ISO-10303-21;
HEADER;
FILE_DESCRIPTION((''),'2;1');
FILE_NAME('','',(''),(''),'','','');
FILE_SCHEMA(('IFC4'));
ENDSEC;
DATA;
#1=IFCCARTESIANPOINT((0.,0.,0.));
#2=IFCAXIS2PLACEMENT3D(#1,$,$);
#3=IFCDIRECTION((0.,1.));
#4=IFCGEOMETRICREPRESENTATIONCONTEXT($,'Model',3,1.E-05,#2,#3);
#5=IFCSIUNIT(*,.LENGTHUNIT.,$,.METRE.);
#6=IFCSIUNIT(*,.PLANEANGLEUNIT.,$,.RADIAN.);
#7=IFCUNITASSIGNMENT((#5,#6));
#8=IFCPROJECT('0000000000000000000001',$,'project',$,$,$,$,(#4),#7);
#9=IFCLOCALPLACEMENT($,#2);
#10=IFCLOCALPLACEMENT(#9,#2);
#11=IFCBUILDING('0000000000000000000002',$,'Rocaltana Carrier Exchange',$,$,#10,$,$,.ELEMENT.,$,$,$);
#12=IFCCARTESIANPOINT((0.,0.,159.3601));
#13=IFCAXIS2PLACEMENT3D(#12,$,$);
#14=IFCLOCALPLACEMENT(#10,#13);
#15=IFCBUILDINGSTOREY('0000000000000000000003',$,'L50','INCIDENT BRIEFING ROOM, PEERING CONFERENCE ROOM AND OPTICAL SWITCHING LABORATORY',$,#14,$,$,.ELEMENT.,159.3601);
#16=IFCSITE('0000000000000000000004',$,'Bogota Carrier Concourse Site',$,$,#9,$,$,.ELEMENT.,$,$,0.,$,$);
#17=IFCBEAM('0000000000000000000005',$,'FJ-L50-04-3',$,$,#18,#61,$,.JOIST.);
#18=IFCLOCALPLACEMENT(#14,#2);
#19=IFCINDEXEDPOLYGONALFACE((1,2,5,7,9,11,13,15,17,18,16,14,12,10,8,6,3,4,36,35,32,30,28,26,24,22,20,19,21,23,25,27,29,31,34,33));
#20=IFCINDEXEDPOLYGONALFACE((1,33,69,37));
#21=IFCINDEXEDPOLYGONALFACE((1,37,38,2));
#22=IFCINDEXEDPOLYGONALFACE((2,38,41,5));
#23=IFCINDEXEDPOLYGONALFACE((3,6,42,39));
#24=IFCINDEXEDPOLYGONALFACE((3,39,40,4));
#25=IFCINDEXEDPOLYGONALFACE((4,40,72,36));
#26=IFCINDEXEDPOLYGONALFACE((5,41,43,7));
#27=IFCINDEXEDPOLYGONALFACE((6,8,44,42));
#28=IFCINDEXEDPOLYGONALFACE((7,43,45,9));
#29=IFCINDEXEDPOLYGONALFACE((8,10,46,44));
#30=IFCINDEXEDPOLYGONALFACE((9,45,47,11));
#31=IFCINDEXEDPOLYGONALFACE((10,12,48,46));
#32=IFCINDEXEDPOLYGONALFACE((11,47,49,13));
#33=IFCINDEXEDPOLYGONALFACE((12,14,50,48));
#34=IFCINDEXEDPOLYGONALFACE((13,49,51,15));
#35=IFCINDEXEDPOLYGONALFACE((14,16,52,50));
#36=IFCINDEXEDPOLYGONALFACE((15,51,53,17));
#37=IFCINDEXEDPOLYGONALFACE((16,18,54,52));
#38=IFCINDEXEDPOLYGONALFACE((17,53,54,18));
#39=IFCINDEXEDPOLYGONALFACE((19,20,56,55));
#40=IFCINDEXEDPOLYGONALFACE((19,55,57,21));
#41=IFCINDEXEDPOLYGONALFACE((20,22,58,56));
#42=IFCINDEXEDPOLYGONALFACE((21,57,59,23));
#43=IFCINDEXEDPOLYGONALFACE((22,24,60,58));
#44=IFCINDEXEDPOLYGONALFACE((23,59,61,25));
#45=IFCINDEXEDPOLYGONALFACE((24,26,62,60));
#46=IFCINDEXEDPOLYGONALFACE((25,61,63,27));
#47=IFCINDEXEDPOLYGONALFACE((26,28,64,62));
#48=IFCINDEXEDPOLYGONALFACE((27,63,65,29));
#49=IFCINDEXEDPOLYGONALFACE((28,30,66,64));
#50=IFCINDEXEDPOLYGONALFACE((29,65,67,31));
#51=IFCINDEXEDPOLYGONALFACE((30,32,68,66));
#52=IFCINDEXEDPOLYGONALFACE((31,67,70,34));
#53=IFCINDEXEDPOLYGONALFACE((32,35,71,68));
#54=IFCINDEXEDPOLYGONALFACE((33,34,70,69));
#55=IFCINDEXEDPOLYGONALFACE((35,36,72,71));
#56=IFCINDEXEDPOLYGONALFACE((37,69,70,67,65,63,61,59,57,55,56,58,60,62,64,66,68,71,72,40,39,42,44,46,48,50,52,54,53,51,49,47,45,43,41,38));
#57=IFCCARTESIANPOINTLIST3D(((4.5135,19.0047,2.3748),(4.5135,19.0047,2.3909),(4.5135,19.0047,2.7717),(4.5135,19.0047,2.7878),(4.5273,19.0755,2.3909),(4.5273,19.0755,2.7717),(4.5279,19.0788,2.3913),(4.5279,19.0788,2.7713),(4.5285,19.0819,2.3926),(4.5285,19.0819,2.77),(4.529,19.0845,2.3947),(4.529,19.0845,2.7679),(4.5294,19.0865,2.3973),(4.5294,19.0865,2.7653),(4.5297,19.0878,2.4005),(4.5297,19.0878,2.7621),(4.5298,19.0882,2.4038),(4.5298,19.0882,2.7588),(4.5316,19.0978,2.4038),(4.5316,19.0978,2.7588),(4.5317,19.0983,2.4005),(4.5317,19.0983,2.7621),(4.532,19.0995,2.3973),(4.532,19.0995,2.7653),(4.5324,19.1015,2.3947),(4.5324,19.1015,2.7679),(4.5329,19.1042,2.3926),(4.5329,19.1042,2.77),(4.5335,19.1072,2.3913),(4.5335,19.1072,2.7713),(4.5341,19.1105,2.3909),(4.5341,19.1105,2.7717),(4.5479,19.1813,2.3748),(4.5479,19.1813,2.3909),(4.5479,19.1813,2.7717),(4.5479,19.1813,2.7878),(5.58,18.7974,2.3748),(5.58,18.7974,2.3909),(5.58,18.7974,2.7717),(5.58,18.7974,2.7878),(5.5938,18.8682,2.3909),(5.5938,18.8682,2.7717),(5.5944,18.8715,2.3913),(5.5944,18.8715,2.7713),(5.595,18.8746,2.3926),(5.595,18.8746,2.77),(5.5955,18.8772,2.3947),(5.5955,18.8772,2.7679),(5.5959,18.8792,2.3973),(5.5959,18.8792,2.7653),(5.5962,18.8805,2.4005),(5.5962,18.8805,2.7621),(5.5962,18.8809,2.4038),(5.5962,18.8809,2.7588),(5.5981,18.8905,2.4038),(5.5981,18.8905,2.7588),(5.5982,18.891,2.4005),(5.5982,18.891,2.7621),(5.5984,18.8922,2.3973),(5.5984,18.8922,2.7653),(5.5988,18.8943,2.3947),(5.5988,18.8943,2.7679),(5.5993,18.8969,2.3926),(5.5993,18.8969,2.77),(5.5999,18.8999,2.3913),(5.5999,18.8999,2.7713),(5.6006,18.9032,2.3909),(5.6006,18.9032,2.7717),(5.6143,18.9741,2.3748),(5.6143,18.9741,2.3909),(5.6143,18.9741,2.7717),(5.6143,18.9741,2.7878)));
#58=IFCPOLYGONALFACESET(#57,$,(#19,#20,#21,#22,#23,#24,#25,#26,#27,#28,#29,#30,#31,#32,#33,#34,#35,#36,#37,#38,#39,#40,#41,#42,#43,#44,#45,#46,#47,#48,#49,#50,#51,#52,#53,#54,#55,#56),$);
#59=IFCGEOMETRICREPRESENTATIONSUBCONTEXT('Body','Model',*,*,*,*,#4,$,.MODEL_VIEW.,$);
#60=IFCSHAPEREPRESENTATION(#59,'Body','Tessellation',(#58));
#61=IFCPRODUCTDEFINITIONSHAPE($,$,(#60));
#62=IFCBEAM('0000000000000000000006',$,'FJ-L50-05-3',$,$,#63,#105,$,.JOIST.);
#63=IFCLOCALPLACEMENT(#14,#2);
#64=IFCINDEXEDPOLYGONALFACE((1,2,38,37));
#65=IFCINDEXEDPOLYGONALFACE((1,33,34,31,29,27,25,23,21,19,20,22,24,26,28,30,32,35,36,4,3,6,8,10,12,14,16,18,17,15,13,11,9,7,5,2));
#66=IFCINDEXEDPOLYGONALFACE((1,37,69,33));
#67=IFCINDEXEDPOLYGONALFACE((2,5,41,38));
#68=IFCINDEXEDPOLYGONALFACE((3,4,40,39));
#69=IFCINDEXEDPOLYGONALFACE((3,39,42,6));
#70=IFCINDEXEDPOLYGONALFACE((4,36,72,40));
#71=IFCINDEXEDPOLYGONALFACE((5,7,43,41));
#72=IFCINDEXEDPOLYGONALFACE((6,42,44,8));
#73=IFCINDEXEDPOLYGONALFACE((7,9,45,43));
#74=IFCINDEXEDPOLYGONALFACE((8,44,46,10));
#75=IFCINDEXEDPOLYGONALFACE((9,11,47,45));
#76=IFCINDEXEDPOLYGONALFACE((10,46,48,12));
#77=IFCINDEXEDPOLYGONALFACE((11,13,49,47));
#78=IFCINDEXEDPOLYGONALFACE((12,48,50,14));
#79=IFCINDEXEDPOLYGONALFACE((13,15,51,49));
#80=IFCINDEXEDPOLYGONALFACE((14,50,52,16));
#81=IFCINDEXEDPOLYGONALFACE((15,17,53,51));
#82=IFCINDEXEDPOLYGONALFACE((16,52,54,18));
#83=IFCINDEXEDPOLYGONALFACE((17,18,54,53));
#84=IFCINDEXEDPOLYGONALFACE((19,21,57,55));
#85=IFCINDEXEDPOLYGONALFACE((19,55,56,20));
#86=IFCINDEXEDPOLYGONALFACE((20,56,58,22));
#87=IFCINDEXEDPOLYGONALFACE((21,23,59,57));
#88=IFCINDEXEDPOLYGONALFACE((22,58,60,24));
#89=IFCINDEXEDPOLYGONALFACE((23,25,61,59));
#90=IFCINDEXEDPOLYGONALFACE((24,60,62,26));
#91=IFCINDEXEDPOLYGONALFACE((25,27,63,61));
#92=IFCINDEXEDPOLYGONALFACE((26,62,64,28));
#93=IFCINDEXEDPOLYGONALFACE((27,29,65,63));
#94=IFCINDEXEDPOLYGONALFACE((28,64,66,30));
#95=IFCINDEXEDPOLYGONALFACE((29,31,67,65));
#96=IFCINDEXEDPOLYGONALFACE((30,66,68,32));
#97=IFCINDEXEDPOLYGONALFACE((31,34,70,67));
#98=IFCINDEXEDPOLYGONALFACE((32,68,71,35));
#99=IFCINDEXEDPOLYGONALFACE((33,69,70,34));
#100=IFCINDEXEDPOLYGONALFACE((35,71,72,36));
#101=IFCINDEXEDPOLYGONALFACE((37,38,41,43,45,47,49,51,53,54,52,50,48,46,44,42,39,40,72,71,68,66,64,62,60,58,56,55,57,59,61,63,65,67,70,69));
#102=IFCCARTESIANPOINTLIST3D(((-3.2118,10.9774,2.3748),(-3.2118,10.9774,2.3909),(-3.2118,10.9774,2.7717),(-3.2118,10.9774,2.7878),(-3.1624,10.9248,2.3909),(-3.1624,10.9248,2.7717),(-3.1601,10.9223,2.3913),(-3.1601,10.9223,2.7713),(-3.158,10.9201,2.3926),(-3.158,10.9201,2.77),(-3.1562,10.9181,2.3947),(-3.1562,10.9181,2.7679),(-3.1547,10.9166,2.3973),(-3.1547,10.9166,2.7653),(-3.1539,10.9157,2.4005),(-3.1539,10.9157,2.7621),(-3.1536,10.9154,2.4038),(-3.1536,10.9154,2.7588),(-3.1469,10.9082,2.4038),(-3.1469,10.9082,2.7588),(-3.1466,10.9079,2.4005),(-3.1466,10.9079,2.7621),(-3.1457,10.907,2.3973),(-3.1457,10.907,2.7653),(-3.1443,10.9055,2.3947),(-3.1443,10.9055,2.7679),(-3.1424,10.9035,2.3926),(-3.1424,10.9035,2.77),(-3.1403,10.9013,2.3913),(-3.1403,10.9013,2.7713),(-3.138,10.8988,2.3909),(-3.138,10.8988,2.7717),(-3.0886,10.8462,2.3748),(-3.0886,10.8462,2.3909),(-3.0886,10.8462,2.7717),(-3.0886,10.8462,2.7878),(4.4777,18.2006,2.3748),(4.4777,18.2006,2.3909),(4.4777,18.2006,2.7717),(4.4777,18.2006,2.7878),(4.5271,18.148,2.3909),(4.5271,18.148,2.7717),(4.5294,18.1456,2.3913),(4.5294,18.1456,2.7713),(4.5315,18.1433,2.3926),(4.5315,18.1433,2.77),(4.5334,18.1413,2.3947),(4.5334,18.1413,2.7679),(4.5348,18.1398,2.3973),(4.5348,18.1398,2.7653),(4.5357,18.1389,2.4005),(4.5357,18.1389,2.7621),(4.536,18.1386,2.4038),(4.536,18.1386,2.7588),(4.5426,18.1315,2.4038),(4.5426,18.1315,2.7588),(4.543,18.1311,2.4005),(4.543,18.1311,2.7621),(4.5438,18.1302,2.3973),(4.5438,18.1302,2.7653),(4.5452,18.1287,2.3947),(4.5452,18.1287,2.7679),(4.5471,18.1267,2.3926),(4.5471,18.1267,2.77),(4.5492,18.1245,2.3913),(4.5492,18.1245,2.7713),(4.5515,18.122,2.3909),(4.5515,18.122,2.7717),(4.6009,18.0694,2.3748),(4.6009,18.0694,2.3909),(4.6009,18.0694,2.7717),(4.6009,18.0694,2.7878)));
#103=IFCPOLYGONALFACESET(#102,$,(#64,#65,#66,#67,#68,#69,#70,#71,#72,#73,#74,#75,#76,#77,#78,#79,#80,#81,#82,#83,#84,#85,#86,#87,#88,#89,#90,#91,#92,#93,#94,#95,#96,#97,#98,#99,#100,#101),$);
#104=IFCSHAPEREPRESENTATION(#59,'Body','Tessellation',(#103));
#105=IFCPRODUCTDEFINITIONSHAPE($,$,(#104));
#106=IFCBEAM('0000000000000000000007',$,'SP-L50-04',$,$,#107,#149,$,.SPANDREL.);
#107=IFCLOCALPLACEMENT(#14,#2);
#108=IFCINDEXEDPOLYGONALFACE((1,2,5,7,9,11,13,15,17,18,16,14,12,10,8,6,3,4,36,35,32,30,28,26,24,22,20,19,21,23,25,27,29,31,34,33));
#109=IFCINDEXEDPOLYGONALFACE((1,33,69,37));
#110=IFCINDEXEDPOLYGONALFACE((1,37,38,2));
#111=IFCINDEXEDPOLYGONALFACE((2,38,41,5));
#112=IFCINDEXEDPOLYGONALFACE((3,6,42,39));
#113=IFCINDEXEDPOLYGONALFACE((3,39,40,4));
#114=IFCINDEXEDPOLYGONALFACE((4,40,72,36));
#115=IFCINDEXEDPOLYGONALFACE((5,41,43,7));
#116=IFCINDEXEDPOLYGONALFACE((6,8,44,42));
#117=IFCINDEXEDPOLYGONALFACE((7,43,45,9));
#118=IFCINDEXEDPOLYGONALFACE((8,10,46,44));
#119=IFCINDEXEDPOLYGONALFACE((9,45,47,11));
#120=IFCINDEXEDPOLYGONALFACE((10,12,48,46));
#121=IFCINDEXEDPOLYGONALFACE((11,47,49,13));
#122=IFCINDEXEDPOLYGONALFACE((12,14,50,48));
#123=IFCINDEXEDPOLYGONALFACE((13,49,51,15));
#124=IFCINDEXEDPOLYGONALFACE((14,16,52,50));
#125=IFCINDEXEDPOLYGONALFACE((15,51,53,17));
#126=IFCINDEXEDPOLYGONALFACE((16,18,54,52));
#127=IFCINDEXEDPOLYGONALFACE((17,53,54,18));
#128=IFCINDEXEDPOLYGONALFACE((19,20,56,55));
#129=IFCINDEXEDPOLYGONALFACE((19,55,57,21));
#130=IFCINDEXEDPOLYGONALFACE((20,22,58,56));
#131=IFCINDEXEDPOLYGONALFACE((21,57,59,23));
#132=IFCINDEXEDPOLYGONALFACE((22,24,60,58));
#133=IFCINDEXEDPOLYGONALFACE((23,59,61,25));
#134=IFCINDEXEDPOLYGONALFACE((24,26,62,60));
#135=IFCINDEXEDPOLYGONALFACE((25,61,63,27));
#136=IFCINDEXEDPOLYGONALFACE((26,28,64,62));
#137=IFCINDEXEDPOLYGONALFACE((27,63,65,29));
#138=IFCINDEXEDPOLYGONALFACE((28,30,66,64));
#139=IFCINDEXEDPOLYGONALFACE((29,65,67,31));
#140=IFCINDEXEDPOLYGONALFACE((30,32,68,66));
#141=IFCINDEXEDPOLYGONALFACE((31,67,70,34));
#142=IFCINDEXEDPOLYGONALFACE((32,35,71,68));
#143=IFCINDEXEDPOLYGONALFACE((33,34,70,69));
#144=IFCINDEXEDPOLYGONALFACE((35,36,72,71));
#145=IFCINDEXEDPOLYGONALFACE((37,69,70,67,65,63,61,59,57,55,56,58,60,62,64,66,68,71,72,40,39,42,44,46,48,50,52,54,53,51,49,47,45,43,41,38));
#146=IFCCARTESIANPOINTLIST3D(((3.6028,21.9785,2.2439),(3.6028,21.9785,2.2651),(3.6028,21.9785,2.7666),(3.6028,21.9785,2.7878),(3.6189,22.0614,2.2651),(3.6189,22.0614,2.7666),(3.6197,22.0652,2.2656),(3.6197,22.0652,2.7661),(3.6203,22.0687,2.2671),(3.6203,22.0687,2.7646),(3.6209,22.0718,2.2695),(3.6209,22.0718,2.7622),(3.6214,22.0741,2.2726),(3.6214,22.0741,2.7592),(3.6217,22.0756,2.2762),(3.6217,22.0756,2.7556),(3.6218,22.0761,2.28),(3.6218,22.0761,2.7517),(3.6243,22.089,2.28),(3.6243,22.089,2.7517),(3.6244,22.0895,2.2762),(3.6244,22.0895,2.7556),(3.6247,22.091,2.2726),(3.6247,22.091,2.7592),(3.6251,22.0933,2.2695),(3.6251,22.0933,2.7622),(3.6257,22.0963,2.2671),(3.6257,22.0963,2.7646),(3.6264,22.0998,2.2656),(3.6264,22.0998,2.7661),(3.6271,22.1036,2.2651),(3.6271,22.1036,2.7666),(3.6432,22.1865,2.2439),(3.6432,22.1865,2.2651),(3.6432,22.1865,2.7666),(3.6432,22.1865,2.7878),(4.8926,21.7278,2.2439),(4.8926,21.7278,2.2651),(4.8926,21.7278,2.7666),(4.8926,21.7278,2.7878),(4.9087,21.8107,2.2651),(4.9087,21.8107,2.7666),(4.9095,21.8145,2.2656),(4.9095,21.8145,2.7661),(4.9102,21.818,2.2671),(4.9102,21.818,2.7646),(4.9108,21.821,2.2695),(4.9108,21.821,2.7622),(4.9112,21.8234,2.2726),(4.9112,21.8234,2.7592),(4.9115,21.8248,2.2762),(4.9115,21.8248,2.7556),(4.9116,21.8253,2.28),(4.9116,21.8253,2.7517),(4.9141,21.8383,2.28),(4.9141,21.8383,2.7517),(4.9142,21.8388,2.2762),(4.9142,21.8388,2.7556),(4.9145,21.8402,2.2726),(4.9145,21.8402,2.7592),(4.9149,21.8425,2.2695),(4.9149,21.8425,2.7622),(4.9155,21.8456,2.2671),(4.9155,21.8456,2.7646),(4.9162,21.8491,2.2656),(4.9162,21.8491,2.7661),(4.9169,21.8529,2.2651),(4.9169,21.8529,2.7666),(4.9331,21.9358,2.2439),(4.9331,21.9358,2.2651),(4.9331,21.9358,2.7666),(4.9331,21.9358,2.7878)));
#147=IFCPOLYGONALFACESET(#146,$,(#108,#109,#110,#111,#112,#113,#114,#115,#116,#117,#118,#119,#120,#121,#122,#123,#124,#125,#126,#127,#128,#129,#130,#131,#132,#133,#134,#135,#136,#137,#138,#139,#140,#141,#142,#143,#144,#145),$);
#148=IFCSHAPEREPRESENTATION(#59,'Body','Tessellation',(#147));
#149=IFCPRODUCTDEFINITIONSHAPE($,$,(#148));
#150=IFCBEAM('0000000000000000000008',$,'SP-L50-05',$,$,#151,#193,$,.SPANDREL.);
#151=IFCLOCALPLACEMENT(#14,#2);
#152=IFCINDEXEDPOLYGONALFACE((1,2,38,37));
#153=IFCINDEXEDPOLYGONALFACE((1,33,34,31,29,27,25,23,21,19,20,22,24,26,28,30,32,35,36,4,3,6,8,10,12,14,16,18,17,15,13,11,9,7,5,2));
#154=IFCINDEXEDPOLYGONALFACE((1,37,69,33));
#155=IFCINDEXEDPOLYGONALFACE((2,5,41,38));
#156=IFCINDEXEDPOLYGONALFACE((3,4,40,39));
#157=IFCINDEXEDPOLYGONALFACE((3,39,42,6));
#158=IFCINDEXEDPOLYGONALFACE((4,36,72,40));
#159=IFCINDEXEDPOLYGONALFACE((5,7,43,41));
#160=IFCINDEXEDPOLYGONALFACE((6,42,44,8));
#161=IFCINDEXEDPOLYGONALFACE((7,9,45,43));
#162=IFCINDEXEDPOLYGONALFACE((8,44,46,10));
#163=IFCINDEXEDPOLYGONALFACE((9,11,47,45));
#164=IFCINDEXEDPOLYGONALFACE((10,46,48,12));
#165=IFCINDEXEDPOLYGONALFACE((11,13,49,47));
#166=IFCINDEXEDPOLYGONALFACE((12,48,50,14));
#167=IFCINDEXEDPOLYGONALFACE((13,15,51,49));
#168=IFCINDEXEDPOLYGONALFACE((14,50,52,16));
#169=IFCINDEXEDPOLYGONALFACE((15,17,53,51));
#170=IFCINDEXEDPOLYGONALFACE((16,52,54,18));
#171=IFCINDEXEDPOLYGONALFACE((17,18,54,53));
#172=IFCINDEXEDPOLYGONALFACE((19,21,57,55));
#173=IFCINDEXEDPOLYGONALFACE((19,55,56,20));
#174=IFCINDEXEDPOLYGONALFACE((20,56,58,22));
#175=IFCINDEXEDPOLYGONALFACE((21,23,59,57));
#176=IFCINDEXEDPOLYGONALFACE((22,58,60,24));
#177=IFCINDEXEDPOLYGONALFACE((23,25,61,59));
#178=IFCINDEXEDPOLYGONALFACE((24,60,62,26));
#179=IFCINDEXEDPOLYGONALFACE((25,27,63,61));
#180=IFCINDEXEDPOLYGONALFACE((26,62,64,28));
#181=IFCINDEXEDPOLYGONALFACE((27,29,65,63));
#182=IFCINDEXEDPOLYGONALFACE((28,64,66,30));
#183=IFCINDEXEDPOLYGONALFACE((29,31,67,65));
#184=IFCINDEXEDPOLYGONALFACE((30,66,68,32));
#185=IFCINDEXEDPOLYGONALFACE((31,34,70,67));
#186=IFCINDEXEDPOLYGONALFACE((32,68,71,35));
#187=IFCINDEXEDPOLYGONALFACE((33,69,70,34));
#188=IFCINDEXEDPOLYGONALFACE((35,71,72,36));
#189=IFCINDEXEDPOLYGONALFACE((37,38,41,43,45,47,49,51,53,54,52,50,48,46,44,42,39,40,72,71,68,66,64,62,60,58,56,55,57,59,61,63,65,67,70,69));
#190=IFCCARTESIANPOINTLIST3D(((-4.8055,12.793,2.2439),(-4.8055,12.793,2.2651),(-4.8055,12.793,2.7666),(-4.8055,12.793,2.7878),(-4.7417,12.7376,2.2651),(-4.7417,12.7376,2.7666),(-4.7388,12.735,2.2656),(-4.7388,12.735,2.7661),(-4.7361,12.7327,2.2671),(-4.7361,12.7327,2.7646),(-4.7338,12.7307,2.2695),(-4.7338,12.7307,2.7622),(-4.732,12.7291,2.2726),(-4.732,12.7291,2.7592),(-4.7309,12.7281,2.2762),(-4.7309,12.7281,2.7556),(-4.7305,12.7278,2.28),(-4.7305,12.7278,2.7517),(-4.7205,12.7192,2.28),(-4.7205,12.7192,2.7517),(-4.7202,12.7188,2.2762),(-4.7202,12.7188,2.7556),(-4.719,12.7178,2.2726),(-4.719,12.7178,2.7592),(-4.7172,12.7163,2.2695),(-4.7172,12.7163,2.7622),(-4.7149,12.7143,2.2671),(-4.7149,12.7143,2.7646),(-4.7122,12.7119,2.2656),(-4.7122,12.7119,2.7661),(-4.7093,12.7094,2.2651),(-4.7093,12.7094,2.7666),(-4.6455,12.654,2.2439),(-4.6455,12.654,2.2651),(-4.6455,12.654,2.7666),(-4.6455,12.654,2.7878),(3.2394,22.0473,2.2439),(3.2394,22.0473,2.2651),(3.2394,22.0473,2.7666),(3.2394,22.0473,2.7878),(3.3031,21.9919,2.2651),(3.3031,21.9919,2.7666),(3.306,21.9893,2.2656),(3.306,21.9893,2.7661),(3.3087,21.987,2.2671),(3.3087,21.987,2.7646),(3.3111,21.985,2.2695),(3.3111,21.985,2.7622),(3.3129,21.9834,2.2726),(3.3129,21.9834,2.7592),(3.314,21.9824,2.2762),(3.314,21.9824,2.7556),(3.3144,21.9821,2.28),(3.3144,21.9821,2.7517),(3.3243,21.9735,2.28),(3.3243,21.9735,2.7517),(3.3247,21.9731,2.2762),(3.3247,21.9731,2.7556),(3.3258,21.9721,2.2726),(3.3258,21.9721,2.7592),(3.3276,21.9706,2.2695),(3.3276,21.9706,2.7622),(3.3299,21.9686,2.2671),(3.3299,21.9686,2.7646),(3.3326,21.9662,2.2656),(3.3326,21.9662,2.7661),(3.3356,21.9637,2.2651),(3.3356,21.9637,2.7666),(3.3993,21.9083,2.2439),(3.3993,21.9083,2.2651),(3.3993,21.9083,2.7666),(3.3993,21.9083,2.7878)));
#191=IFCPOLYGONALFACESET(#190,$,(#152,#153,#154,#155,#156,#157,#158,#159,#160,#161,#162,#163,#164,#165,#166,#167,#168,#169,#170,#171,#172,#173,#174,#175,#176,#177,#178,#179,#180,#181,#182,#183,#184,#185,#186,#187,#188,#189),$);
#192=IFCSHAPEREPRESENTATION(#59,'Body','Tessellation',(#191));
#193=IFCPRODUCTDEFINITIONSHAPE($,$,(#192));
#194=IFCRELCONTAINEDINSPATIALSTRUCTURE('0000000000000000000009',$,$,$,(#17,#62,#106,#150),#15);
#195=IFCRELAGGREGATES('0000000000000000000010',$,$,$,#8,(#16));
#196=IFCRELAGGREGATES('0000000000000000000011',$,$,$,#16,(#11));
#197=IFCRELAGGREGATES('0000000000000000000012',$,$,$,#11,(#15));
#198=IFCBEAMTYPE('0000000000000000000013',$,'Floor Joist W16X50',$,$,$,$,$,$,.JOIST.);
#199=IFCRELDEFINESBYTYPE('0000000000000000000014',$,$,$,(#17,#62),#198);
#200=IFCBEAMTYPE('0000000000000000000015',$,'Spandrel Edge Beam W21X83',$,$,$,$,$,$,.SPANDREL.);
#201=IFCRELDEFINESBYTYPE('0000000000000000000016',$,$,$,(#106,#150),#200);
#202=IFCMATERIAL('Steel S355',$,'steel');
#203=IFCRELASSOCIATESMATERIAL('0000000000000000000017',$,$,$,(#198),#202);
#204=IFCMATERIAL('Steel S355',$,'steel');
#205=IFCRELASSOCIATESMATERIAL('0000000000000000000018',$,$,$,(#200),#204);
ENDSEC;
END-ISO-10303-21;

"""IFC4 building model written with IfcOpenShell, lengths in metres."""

from ifc_helpers import new_model, si_unit, direction, frame, origin, origin_2d, place, context, subcontext, project, spatial, i_section, extrude, material, material_profile, profile_set, type_object, element, save


model = new_model("IFC4")

# Units and contexts
model_context = context("Model", 3, precision=1e-05, world=origin(), true_north=direction((0.0, 1.0)))
body_context = subcontext(model_context, "Body", "Model", "MODEL_VIEW")
ifc_project = project(units=[si_unit("LENGTHUNIT", "METRE"), si_unit("PLANEANGLEUNIT", "RADIAN")], contexts=[model_context])

# Site, building, storey
site_placement = place(None, origin())
site = spatial("IfcSite", under=ifc_project, at=site_placement, Name="Bogota Carrier Concourse Site", CompositionType="ELEMENT", RefElevation=0.0)
building_placement = place(site_placement, origin())
building = spatial("IfcBuilding", under=site, at=building_placement, Name="Rocaltana Carrier Exchange", CompositionType="ELEMENT")
storey_placement = place(building_placement, frame((0.0, 0.0, 159.3601)))
storey = spatial("IfcBuildingStorey", under=building, at=storey_placement, Name="L50", Description="INCIDENT BRIEFING ROOM, PEERING CONFERENCE ROOM AND OPTICAL SWITCHING LABORATORY", CompositionType="ELEMENT", Elevation=159.3601)

# Beams
ifc_material_1 = material(Name="Steel S355", Category="steel")
ifc_material_profile_1 = material_profile(ifc_material_1, i_section(OverallWidth=0.1799, OverallDepth=0.4131, WebThickness=0.0098, FlangeThickness=0.0161, FilletRadius=0.0129, at=origin_2d()), Name="W16X50")
ifc_profile_set_1 = profile_set([ifc_material_profile_1], Name="Steel S355")
beam_type_1 = type_object("IfcBeamType", Name="Floor Joist W16X50", PredefinedType="JOIST", material=ifc_profile_set_1)
beam_1_placement = place(storey_placement, frame((5.5972, 18.8857, 2.5813), z_axis=(-0.981629, 0.190797, 0.0), x_axis=(-0.190797, -0.981629, 0.0)))
element("IfcBeam", 1, at=beam_1_placement, inside=storey, type_object=beam_type_1, Name="FJ-L50-04-3", PredefinedType="JOIST", context=body_context, shape_type="SweptSolid", body=[
    extrude(i_section(OverallWidth=0.1799, OverallDepth=0.4131, WebThickness=0.0098, FlangeThickness=0.0161, FilletRadius=0.0129, at=origin_2d()), origin(), (0.0, 0.0, 1.0), 1.0864),
])
beam_2_placement = place(storey_placement, frame((4.5393, 18.135, 2.5813), z_axis=(-0.728861, -0.684661, 0.0), x_axis=(0.684661, -0.728861, 0.0)))
element("IfcBeam", 2, at=beam_2_placement, inside=storey, type_object=beam_type_1, Name="FJ-L50-05-3", PredefinedType="JOIST", context=body_context, shape_type="SweptSolid", body=[
    extrude(i_section(OverallWidth=0.1799, OverallDepth=0.4131, WebThickness=0.0098, FlangeThickness=0.0161, FilletRadius=0.0129, at=origin_2d()), origin(), (0.0, 0.0, 1.0), 10.55),
])
ifc_material_2 = material(Name="Steel S355", Category="steel")
ifc_material_profile_2 = material_profile(ifc_material_2, i_section(OverallWidth=0.2119, OverallDepth=0.5439, WebThickness=0.0132, FlangeThickness=0.0212, FilletRadius=0.0149, at=origin_2d()), Name="W21X83")
ifc_profile_set_2 = profile_set([ifc_material_profile_2], Name="Steel S355")
beam_type_2 = type_object("IfcBeamType", Name="Spandrel Edge Beam W21X83", PredefinedType="SPANDREL", material=ifc_profile_set_2)
beam_3_placement = place(storey_placement, frame((4.9128, 21.8318, 2.5159), z_axis=(-0.981624, 0.190825, 0.0), x_axis=(-0.190825, -0.981624, 0.0)))
element("IfcBeam", 3, at=beam_3_placement, inside=storey, type_object=beam_type_2, Name="SP-L50-04", PredefinedType="SPANDREL", context=body_context, shape_type="SweptSolid", body=[
    extrude(i_section(OverallWidth=0.2119, OverallDepth=0.5439, WebThickness=0.0132, FlangeThickness=0.0212, FilletRadius=0.0149, at=origin_2d()), origin(), (0.0, 0.0, 1.0), 1.314),
])
beam_4_placement = place(storey_placement, frame((3.3193, 21.9778, 2.5159), z_axis=(-0.656068, -0.754702, 0.0), x_axis=(0.754702, -0.656068, 0.0)))
element("IfcBeam", 4, at=beam_4_placement, inside=storey, type_object=beam_type_2, Name="SP-L50-05", PredefinedType="SPANDREL", context=body_context, shape_type="SweptSolid", body=[
    extrude(i_section(OverallWidth=0.2119, OverallDepth=0.5439, WebThickness=0.0132, FlangeThickness=0.0212, FilletRadius=0.0149, at=origin_2d()), origin(), (0.0, 0.0, 1.0), 12.2622),
])

save(model, "model.ifc")
